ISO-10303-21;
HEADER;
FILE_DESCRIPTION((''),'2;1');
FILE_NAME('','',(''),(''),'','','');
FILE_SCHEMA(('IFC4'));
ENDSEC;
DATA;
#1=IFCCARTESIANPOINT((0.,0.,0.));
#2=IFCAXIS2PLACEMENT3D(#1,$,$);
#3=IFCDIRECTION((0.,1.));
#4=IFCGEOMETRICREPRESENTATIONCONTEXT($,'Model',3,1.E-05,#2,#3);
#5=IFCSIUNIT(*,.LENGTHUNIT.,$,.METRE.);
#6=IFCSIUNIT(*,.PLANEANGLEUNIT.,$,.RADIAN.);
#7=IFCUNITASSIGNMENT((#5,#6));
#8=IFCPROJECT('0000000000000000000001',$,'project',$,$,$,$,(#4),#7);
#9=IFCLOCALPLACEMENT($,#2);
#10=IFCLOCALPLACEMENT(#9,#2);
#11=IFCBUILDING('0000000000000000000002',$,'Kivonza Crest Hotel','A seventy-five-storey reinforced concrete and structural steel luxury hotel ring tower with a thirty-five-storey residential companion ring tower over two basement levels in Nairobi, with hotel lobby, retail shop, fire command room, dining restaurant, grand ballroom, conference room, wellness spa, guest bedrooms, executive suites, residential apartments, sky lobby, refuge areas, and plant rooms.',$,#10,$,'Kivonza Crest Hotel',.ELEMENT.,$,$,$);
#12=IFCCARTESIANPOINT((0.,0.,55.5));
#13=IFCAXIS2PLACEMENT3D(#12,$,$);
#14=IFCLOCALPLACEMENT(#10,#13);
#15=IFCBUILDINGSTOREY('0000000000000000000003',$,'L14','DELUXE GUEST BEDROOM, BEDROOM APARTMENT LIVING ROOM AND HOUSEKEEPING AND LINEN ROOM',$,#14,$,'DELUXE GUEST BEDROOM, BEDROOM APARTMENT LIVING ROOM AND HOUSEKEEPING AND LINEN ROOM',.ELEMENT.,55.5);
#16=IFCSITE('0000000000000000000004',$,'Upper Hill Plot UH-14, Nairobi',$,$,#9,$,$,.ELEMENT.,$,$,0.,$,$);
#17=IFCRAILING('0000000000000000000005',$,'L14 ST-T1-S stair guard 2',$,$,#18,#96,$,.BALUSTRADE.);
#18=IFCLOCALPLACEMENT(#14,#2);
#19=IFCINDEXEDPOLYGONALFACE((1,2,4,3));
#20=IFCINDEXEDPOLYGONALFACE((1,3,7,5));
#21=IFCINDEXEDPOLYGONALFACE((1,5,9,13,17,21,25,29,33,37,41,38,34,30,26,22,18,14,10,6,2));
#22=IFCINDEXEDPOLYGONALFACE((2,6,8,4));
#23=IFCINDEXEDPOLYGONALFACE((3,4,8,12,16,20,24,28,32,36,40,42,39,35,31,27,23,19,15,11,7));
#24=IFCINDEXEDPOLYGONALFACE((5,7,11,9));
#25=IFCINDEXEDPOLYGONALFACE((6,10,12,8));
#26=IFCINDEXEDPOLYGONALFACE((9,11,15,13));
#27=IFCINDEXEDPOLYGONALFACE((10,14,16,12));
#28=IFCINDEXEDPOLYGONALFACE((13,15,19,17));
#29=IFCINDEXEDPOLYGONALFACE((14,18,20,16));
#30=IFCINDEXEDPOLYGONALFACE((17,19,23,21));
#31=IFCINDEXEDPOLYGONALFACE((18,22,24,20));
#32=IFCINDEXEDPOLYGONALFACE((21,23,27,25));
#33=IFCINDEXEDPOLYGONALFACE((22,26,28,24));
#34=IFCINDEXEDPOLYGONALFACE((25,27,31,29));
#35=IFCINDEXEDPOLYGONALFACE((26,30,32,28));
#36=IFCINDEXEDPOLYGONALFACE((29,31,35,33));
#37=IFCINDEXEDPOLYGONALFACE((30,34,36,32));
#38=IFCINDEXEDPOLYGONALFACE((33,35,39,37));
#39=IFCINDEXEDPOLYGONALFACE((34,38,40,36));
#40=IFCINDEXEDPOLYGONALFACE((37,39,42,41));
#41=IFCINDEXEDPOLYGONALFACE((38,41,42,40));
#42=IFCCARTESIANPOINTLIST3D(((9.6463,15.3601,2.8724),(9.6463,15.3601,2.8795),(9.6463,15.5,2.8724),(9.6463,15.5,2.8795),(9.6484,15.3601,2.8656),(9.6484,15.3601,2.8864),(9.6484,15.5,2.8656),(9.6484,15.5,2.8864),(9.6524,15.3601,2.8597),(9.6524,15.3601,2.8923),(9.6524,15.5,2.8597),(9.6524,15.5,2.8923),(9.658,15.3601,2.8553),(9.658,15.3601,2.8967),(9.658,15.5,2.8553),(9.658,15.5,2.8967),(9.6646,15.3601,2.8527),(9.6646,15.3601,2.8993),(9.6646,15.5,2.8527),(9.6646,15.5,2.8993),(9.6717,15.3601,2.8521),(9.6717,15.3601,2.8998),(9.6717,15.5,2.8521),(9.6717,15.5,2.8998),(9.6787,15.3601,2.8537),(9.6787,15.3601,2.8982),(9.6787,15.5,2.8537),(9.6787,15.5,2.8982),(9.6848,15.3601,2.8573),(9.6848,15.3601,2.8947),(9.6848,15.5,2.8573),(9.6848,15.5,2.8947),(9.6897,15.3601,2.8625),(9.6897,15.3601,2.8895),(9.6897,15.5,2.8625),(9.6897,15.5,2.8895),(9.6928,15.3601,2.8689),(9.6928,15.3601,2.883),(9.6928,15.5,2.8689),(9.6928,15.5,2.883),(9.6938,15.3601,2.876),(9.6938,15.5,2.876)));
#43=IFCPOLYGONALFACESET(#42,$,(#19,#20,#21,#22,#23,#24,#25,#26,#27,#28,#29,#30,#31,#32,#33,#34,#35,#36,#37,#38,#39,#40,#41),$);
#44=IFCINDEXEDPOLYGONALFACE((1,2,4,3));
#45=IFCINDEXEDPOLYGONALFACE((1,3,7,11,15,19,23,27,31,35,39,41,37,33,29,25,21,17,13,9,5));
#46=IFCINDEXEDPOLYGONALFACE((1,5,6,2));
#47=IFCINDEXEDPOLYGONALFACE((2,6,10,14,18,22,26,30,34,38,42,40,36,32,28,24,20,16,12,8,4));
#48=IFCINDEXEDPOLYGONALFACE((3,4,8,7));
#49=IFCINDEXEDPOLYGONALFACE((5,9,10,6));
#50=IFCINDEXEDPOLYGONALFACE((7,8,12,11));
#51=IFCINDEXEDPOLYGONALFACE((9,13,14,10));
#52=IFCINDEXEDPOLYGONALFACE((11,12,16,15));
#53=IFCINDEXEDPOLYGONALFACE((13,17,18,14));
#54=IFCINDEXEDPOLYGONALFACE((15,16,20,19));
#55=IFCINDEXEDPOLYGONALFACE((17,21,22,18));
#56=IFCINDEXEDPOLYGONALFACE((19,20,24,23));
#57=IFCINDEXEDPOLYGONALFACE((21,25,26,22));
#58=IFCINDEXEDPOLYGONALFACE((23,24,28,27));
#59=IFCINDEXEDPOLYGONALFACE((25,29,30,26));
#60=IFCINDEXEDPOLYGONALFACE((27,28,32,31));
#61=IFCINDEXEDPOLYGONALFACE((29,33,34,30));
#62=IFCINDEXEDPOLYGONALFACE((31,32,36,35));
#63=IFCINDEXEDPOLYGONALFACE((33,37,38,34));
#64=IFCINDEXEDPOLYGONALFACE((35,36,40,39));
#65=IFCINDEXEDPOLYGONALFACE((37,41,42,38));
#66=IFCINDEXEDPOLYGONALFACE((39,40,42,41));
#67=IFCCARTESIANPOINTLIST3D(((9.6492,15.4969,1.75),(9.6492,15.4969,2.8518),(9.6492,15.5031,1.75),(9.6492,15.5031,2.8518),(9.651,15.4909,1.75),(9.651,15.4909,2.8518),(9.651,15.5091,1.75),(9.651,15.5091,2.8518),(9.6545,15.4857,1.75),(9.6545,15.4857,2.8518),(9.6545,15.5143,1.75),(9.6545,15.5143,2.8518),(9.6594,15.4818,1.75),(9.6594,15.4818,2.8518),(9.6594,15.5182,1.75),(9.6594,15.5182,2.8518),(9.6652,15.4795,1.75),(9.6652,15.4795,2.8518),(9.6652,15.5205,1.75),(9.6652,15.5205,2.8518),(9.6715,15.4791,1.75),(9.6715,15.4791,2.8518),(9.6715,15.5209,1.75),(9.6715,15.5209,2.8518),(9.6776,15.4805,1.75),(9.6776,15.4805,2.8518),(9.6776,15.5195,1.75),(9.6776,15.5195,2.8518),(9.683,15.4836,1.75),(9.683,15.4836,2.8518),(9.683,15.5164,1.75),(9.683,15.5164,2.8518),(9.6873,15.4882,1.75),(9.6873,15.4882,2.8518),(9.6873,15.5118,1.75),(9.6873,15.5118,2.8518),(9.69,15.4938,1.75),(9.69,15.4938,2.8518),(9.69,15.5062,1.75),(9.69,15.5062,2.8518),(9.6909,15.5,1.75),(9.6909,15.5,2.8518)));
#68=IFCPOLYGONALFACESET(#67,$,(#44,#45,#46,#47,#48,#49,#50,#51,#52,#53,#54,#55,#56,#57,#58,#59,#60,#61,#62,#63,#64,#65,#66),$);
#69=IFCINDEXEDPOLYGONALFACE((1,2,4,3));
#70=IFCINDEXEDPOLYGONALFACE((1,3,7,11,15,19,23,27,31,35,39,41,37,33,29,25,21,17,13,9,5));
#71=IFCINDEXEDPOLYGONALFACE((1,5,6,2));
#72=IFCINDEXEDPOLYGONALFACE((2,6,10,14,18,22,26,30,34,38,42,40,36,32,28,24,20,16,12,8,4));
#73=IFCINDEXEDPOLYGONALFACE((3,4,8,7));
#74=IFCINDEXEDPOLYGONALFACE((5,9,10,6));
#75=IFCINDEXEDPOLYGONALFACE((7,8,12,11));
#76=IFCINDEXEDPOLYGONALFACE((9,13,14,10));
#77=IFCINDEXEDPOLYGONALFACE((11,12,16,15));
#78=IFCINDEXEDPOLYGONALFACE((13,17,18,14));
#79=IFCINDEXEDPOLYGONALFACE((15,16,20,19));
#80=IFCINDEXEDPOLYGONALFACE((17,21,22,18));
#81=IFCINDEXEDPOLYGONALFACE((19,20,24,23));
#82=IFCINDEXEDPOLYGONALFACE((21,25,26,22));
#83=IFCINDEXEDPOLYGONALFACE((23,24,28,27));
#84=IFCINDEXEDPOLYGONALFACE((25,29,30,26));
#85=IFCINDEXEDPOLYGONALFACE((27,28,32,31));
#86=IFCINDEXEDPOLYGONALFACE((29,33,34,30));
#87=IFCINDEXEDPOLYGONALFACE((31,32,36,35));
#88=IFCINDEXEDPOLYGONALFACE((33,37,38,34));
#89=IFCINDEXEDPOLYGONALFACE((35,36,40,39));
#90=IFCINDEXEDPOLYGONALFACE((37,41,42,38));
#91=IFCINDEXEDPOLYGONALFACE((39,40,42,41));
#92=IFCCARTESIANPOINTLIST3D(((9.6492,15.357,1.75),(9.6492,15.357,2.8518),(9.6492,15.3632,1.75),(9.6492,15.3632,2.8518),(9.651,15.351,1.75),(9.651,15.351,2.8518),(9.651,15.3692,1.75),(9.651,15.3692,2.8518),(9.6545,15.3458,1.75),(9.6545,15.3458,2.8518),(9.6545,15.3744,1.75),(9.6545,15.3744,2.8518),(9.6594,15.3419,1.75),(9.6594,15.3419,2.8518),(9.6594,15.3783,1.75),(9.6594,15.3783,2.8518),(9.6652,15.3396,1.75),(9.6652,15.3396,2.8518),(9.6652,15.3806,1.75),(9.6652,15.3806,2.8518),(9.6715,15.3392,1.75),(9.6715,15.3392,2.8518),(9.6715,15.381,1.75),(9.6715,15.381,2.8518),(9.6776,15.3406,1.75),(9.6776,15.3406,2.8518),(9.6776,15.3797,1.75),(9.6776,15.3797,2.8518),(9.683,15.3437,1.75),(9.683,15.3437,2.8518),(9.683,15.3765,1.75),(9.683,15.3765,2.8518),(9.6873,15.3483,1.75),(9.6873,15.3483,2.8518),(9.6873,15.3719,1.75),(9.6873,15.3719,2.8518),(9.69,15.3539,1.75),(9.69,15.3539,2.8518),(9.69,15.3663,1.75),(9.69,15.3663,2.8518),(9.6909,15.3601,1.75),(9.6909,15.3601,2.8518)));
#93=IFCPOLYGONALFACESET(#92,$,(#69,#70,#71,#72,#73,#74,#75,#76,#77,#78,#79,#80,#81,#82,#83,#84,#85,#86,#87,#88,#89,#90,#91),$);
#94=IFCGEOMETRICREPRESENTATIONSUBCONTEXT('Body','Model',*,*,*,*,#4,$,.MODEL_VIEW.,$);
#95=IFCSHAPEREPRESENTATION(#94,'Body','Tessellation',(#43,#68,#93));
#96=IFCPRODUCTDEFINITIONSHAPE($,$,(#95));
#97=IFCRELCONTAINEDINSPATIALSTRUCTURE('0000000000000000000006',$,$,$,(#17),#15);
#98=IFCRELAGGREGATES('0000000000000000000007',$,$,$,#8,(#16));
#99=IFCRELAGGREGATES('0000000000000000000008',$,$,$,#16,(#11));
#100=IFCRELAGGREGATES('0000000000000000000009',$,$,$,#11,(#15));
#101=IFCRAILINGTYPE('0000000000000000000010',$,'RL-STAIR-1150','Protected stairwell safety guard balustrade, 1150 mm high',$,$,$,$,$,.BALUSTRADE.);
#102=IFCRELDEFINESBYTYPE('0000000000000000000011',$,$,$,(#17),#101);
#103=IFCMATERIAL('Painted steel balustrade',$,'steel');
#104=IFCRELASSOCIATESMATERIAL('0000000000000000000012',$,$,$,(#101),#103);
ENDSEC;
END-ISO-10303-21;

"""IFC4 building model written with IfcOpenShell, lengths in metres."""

from ifc_helpers import new_model, si_unit, direction, frame, origin, origin_2d, place, context, subcontext, project, spatial, circle, extrude, material, type_object, element, save


model = new_model("IFC4")

# Units and contexts
model_context = context("Model", 3, precision=1e-05, world=origin(), true_north=direction((0.0, 1.0)))
body_context = subcontext(model_context, "Body", "Model", "MODEL_VIEW")
ifc_project = project(units=[si_unit("LENGTHUNIT", "METRE"), si_unit("PLANEANGLEUNIT", "RADIAN")], contexts=[model_context])

# Site, building, storey
site_placement = place(None, origin())
site = spatial("IfcSite", under=ifc_project, at=site_placement, Name="Upper Hill Plot UH-14, Nairobi", CompositionType="ELEMENT", RefElevation=0.0)
building_placement = place(site_placement, origin())
building = spatial("IfcBuilding", under=site, at=building_placement, Name="Kivonza Crest Hotel", Description="A seventy-five-storey reinforced concrete and structural steel luxury hotel ring tower with a thirty-five-storey residential companion ring tower over two basement levels in Nairobi, with hotel lobby, retail shop, fire command room, dining restaurant, grand ballroom, conference room, wellness spa, guest bedrooms, executive suites, residential apartments, sky lobby, refuge areas, and plant rooms.", LongName="Kivonza Crest Hotel", CompositionType="ELEMENT")
storey_placement = place(building_placement, frame((0.0, 0.0, 55.5)))
storey = spatial("IfcBuildingStorey", under=building, at=storey_placement, Name="L14", Description="DELUXE GUEST BEDROOM, BEDROOM APARTMENT LIVING ROOM AND HOUSEKEEPING AND LINEN ROOM", LongName="DELUXE GUEST BEDROOM, BEDROOM APARTMENT LIVING ROOM AND HOUSEKEEPING AND LINEN ROOM", CompositionType="ELEMENT", Elevation=55.5)

# Railing
ifc_material_1 = material(Name="Painted steel balustrade", Category="steel")
railing_type_1 = type_object("IfcRailingType", Name="RL-STAIR-1150", Description="Protected stairwell safety guard balustrade, 1150 mm high", PredefinedType="BALUSTRADE", material=ifc_material_1)
railing_1_placement = place(storey_placement, frame((9.6699, 15.5, 1.75)))
element("IfcRailing", 1, at=railing_1_placement, inside=storey, type_object=railing_type_1, Name="L14 ST-T1-S stair guard 2", PredefinedType="BALUSTRADE", context=body_context, shape_type="SweptSolid", body=[
    extrude(circle(Radius=0.0239, at=origin_2d()), frame((0.0, 0.0, 1.126), z_axis=(0.0, -1.0, 0.0), x_axis=(1.0, 0.0, 0.0)), (0.0, 0.0, 1.0), 0.1399),
    extrude(circle(Radius=0.021, at=origin_2d()), origin(), (0.0, 0.0, 1.0), 1.1018),
    extrude(circle(Radius=0.021, at=origin_2d()), frame((0.0, -0.1399, 0.0)), (0.0, 0.0, 1.0), 1.1018),
])

save(model, "model.ifc")
